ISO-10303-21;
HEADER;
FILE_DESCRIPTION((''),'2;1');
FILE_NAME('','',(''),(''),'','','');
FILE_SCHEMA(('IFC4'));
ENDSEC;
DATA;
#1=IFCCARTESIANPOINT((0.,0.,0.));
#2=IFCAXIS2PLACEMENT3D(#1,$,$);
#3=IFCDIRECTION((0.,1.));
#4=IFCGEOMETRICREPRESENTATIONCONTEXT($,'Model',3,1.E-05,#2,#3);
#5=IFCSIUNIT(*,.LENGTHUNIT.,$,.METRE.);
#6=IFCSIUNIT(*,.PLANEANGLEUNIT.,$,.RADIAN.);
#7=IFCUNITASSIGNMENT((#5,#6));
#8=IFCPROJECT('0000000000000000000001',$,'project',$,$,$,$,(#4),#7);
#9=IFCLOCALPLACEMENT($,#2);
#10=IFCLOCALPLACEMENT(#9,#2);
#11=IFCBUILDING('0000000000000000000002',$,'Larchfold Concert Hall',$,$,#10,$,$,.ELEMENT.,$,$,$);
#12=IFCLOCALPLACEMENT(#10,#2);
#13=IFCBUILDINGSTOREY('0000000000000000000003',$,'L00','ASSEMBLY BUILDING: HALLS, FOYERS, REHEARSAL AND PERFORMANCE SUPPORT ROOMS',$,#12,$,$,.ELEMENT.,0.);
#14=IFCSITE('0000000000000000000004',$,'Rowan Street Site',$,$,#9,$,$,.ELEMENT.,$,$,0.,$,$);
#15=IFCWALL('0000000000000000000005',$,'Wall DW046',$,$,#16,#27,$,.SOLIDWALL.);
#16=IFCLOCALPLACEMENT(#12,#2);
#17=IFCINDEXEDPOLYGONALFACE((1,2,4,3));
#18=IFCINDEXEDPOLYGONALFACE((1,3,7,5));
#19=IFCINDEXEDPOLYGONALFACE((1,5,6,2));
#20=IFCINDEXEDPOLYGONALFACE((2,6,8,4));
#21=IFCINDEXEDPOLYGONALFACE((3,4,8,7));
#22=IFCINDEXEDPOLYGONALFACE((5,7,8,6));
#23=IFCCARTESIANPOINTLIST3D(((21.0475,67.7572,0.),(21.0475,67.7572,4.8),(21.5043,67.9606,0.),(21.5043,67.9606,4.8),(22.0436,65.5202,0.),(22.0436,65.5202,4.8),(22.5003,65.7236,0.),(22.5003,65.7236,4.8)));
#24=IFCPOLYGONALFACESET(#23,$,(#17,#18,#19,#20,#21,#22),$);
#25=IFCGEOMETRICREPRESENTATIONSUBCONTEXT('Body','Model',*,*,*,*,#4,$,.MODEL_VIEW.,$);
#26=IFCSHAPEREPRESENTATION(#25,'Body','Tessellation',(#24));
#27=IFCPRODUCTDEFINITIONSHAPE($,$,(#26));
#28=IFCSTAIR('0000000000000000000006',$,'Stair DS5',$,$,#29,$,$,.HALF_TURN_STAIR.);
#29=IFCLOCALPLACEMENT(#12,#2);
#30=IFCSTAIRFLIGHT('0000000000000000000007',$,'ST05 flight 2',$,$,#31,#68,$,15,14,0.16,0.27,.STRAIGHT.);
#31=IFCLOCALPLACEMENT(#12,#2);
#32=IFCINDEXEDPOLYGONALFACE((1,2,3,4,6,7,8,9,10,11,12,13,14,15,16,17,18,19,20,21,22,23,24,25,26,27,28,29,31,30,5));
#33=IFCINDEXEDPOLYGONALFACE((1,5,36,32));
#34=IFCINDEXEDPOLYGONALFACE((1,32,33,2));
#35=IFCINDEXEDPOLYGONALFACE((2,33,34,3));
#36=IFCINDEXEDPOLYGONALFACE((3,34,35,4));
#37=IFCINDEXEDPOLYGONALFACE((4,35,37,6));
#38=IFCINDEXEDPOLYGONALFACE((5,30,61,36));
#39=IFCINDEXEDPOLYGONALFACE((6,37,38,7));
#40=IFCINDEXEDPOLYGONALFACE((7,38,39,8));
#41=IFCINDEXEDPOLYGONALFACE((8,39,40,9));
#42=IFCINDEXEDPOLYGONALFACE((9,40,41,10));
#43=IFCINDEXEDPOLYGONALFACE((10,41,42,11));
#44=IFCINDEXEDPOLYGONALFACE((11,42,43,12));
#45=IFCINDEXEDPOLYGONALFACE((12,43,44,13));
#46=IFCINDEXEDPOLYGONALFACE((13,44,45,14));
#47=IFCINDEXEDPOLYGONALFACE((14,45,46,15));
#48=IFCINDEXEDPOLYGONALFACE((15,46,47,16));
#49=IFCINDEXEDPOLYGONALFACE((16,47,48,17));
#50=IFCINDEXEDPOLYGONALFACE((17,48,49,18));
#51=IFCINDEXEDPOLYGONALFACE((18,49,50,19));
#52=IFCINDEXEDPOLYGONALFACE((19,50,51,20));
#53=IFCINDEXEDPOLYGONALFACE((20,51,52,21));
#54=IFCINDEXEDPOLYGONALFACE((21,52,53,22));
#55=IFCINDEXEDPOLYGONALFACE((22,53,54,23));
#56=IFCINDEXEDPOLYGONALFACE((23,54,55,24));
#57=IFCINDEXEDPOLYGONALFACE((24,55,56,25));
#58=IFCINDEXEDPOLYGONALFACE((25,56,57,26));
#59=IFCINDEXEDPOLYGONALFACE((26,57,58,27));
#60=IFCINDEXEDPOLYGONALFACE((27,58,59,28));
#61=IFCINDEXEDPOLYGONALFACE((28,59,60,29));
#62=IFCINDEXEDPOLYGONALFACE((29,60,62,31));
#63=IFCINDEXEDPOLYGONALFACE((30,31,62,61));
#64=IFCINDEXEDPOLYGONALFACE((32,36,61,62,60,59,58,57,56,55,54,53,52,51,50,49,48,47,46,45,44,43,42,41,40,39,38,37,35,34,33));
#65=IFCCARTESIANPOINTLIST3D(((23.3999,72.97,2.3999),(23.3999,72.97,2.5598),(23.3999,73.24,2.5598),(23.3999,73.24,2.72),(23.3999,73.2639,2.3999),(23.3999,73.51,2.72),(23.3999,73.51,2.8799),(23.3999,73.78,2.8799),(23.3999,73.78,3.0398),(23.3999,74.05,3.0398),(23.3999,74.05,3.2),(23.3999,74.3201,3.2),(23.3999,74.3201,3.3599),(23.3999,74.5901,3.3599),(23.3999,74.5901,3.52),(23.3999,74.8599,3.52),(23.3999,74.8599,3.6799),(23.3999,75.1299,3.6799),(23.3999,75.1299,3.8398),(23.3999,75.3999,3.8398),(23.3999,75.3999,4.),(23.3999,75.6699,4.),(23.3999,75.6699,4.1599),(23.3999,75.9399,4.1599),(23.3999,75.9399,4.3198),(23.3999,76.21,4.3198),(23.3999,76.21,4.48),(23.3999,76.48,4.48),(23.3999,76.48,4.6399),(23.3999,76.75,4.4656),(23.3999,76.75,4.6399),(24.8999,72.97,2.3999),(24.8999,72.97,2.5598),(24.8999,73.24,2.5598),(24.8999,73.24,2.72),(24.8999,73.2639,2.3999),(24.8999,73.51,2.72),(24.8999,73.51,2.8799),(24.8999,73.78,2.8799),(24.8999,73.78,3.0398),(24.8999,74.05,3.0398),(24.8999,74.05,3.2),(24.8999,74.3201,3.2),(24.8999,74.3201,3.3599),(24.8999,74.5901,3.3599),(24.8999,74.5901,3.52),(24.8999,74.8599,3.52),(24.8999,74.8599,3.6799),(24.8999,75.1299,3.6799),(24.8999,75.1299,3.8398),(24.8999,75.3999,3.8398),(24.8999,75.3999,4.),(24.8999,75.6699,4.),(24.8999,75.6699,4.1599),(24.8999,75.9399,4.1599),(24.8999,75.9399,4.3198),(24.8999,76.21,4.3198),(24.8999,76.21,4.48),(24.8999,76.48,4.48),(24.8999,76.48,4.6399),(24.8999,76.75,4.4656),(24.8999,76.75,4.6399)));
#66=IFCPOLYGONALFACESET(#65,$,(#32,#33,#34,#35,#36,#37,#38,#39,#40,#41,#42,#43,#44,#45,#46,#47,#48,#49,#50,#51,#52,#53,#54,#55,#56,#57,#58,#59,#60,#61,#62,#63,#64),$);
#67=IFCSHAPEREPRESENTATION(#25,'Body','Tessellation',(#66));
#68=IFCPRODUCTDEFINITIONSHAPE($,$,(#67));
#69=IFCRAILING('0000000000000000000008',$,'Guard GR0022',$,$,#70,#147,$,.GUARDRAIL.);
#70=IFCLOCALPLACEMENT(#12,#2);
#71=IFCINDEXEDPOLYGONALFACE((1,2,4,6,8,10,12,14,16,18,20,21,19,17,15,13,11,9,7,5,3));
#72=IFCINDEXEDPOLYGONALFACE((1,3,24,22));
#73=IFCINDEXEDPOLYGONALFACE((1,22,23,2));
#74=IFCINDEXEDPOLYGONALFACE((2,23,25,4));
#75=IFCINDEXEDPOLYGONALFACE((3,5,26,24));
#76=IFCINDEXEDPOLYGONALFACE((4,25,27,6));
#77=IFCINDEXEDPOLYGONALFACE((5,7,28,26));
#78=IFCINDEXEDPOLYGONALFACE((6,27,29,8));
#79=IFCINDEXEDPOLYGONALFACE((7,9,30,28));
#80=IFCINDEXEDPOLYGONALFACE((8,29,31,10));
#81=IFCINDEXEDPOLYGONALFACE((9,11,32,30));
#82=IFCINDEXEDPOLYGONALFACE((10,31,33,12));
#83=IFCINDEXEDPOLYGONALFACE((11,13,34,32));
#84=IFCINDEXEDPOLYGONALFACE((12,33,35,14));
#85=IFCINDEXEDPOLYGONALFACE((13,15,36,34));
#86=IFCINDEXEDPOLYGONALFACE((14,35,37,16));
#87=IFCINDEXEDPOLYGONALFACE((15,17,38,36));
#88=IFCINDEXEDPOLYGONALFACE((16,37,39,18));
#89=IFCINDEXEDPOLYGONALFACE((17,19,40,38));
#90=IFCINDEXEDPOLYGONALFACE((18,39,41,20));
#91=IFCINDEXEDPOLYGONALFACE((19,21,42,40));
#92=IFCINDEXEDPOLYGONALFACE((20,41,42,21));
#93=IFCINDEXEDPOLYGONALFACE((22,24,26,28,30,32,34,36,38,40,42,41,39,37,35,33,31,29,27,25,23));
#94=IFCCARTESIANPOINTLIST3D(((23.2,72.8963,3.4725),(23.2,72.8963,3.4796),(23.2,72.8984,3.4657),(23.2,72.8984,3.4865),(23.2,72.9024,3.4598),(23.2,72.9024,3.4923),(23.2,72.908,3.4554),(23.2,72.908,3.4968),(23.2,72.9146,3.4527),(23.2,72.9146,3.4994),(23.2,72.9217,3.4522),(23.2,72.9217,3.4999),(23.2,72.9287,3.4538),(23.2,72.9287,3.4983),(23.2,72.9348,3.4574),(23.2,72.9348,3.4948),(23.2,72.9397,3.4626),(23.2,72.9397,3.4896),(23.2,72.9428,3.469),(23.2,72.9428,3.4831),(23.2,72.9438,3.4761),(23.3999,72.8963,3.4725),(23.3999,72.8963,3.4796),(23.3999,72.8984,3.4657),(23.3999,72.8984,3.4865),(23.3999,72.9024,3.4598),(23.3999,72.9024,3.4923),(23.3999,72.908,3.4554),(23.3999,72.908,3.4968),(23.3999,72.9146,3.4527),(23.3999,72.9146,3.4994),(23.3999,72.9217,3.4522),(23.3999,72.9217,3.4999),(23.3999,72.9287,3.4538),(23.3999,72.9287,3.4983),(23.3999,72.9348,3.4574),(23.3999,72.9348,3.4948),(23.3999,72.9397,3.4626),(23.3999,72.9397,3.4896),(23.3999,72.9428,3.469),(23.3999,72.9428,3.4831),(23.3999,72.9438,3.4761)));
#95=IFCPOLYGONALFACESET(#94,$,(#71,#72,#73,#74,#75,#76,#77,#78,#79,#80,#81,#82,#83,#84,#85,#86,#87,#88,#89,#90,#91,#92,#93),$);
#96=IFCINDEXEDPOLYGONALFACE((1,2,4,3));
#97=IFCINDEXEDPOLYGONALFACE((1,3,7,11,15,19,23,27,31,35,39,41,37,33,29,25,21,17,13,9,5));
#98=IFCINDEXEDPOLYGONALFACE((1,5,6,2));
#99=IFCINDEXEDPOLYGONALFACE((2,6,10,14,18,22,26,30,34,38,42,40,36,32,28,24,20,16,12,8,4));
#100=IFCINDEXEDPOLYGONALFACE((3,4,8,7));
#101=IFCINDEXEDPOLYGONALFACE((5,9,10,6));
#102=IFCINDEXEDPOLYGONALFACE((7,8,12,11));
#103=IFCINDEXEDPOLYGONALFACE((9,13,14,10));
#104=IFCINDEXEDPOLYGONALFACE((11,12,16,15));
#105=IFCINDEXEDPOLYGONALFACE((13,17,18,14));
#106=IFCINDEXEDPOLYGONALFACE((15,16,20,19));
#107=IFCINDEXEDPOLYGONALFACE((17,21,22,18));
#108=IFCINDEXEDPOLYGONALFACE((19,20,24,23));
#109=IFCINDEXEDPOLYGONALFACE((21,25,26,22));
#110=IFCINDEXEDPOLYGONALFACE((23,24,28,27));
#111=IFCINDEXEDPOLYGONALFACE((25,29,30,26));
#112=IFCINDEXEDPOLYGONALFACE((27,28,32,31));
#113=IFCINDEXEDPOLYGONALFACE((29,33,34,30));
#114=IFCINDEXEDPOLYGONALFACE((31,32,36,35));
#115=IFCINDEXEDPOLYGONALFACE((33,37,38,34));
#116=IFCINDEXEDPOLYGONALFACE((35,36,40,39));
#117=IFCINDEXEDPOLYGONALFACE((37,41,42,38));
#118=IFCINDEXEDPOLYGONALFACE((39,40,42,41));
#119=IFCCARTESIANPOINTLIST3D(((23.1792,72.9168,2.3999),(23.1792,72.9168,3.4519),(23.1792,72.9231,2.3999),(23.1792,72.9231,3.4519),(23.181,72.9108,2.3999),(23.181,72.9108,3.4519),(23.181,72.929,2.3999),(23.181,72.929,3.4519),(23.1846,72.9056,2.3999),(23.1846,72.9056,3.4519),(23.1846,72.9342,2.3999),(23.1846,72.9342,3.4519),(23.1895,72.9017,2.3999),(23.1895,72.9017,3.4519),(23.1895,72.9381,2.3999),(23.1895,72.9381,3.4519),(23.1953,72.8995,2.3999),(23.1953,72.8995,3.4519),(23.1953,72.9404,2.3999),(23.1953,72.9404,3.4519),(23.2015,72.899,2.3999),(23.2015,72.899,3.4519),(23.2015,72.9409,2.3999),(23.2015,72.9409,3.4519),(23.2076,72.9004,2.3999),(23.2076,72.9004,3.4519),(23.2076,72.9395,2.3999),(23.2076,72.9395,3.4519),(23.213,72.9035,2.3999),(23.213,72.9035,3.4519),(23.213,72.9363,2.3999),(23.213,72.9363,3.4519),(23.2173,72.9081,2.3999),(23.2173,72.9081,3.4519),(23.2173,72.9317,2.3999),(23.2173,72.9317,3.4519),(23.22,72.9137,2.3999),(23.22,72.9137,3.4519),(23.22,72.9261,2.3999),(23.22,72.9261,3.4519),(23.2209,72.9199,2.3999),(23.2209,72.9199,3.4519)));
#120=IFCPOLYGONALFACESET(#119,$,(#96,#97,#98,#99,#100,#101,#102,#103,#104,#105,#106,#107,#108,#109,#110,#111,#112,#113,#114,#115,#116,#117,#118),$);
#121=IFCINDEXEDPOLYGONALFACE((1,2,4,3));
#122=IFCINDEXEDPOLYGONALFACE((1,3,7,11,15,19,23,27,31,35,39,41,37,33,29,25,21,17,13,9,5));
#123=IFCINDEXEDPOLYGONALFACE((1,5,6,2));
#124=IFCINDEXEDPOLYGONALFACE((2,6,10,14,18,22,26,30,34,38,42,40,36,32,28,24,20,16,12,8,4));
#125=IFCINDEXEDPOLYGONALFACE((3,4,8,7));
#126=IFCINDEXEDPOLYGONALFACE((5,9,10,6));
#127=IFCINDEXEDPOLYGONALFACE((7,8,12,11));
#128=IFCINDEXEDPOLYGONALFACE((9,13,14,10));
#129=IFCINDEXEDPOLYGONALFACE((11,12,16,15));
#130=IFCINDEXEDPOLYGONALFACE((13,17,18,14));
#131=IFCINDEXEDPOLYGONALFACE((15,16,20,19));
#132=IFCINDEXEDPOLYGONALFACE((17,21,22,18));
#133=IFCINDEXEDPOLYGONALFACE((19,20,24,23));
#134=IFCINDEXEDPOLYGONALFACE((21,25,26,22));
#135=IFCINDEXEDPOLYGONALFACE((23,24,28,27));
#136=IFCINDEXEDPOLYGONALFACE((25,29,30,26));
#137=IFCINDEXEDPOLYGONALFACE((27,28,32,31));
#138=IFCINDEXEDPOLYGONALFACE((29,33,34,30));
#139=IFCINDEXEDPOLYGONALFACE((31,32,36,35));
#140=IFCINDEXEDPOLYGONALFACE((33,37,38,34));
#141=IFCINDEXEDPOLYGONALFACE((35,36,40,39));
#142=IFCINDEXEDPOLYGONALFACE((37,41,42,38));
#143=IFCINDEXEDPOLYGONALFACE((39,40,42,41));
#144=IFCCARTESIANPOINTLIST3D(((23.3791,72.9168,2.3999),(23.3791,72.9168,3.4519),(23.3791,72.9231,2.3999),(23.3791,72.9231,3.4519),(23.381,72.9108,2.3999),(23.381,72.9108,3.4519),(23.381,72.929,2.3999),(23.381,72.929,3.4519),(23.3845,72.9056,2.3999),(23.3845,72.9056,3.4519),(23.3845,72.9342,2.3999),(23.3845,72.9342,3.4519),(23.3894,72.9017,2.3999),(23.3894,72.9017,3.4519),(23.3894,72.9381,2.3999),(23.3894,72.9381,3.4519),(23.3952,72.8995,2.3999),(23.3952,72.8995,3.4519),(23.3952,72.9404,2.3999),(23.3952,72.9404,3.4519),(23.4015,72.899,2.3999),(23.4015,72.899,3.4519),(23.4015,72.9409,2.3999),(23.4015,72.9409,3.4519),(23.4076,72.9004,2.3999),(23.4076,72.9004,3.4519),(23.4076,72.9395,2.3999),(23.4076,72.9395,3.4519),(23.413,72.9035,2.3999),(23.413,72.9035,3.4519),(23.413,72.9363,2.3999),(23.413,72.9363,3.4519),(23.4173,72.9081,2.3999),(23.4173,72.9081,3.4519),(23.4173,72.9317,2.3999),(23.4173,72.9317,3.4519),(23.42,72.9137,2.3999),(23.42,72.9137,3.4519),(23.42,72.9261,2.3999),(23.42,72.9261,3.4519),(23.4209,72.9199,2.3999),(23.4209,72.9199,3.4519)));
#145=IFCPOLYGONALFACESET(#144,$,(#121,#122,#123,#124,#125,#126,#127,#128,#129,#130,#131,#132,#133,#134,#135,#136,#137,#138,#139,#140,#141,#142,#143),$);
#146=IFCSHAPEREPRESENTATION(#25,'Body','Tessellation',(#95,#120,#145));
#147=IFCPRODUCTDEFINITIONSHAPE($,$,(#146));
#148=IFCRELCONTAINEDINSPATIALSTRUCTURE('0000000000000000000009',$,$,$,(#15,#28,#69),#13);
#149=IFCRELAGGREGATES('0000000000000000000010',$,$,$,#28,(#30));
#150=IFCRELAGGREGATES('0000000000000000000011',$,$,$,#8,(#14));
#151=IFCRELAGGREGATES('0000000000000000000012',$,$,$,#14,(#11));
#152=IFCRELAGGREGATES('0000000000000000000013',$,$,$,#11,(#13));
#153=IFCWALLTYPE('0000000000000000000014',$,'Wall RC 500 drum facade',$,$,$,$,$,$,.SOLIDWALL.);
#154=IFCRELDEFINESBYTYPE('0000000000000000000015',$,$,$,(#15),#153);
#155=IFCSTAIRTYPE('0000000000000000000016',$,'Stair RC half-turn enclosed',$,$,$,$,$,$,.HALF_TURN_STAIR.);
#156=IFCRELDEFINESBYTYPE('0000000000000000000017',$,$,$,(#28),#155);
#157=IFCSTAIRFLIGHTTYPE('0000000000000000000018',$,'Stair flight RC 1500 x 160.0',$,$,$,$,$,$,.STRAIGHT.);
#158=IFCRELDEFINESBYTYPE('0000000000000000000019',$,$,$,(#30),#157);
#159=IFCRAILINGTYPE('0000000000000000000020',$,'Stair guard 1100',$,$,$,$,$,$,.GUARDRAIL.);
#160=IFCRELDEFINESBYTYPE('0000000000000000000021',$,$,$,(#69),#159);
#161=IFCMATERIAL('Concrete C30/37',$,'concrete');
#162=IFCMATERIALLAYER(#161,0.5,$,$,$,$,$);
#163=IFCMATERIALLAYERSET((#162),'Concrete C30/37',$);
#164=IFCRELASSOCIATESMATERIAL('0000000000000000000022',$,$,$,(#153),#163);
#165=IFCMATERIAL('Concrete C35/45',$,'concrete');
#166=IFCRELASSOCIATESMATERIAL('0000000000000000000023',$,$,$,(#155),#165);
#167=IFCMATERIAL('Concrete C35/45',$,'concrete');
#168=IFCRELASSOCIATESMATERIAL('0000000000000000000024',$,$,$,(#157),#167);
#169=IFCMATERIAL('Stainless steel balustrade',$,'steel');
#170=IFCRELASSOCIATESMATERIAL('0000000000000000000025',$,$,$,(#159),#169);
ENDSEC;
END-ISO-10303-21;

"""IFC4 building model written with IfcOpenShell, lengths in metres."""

from ifc_helpers import new_model, si_unit, direction, frame, frame_2d, origin, origin_2d, place, context, subcontext, project, spatial, polyline, rectangle, circle, outline, extrude, material, layer, layer_set, type_object, element, aggregate, save


model = new_model("IFC4")

# Units and contexts
model_context = context("Model", 3, precision=1e-05, world=origin(), true_north=direction((0.0, 1.0)))
body_context = subcontext(model_context, "Body", "Model", "MODEL_VIEW")
ifc_project = project(units=[si_unit("LENGTHUNIT", "METRE"), si_unit("PLANEANGLEUNIT", "RADIAN")], contexts=[model_context])

# Site, building, storey
site_placement = place(None, origin())
site = spatial("IfcSite", under=ifc_project, at=site_placement, Name="Rowan Street Site", CompositionType="ELEMENT", RefElevation=0.0)
building_placement = place(site_placement, origin())
building = spatial("IfcBuilding", under=site, at=building_placement, Name="Larchfold Concert Hall", CompositionType="ELEMENT")
storey_placement = place(building_placement, origin())
storey = spatial("IfcBuildingStorey", under=building, at=storey_placement, Name="L00", Description="ASSEMBLY BUILDING: HALLS, FOYERS, REHEARSAL AND PERFORMANCE SUPPORT ROOMS", CompositionType="ELEMENT", Elevation=0.0)

# Wall
ifc_material_1 = material(Name="Concrete C30/37", Category="concrete")
ifc_layer_1 = layer(ifc_material_1, 0.5)
ifc_layer_set_1 = layer_set([ifc_layer_1], Name="Concrete C30/37")
wall_type_1 = type_object("IfcWallType", Name="Wall RC 500 drum facade", PredefinedType="SOLIDWALL", material=ifc_layer_set_1)
wall_1_placement = place(storey_placement, frame((21.2759, 67.8589, 0.0), z_axis=(0.0, 0.0, 1.0), x_axis=(0.406767, -0.913532, 0.0)))
element("IfcWall", 1, at=wall_1_placement, inside=storey, type_object=wall_type_1, Name="Wall DW046", PredefinedType="SOLIDWALL", context=body_context, shape_type="SweptSolid", body=[
    extrude(rectangle(XDim=2.4487, YDim=0.5, at=frame_2d((1.2244, 0.0))), origin(), (0.0, 0.0, 1.0), 4.8),
])

# Stair, stair flight
ifc_material_2 = material(Name="Concrete C35/45", Category="concrete")
stair_type = type_object("IfcStairType", Name="Stair RC half-turn enclosed", PredefinedType="HALF_TURN_STAIR", material=ifc_material_2)
stair_placement = place(storey_placement, origin())
stair = element("IfcStair", 2, at=stair_placement, inside=storey, type_object=stair_type, Name="Stair DS5", PredefinedType="HALF_TURN_STAIR")
ifc_material_3 = material(Name="Concrete C35/45", Category="concrete")
stair_flight_type = type_object("IfcStairFlightType", Name="Stair flight RC 1500 x 160.0", PredefinedType="STRAIGHT", material=ifc_material_3)
stair_flight_placement = place(storey_placement, frame((24.1499, 72.97, 2.3999), z_axis=(0.0, 0.0, 1.0), x_axis=(0.0, 1.0, 0.0)))
stair_flight = element("IfcStairFlight", 3, at=stair_flight_placement, type_object=stair_flight_type, Name="ST05 flight 2", NumberOfRisers=15, NumberOfTreads=14, PredefinedType="STRAIGHT", RiserHeight=0.16, TreadLength=0.27, context=body_context, shape_type="SweptSolid", body=[
    extrude(outline(polyline([(0.0, 0.0), (0.0, 0.1599), (0.27, 0.1599), (0.27, 0.3201), (0.54, 0.3201), (0.54, 0.48), (0.8101, 0.48), (0.8101, 0.6399), (1.0801, 0.6399), (1.0801, 0.8), (1.3501, 0.8), (1.3501, 0.96), (1.6201, 0.96), (1.6201, 1.1201), (1.8899, 1.1201), (1.8899, 1.28), (2.1599, 1.28), (2.1599, 1.4399), (2.4299, 1.4399), (2.4299, 1.6001), (2.7, 1.6001), (2.7, 1.76), (2.97, 1.76), (2.97, 1.9199), (3.24, 1.9199), (3.24, 2.0801), (3.51, 2.0801), (3.51, 2.24), (3.78, 2.24), (3.78, 2.3999), (3.78, 2.0657), (0.2939, 0.0), (0.0, 0.0)])), frame((0.0, 0.75, 0.0), z_axis=(0.0, -1.0, 0.0), x_axis=(1.0, 0.0, 0.0)), (0.0, 0.0, 1.0), 1.5),
])
aggregate(stair, [stair_flight])

# Railing
ifc_material_4 = material(Name="Stainless steel balustrade", Category="steel")
railing_type_1 = type_object("IfcRailingType", Name="Stair guard 1100", PredefinedType="GUARDRAIL", material=ifc_material_4)
railing_1_placement = place(storey_placement, frame((23.2, 72.9199, 2.3999)))
element("IfcRailing", 4, at=railing_1_placement, inside=storey, type_object=railing_type_1, Name="Guard GR0022", PredefinedType="GUARDRAIL", context=body_context, shape_type="SweptSolid", body=[
    extrude(circle(Radius=0.0239, at=origin_2d()), frame((0.0, 0.0, 1.0762), z_axis=(1.0, 0.0, 0.0), x_axis=(0.0, 1.0, 0.0)), (0.0, 0.0, 1.0), 0.2),
    extrude(circle(Radius=0.021, at=origin_2d()), origin(), (0.0, 0.0, 1.0), 1.052),
    extrude(circle(Radius=0.021, at=origin_2d()), frame((0.2, 0.0, 0.0)), (0.0, 0.0, 1.0), 1.052),
])

save(model, "model.ifc")
